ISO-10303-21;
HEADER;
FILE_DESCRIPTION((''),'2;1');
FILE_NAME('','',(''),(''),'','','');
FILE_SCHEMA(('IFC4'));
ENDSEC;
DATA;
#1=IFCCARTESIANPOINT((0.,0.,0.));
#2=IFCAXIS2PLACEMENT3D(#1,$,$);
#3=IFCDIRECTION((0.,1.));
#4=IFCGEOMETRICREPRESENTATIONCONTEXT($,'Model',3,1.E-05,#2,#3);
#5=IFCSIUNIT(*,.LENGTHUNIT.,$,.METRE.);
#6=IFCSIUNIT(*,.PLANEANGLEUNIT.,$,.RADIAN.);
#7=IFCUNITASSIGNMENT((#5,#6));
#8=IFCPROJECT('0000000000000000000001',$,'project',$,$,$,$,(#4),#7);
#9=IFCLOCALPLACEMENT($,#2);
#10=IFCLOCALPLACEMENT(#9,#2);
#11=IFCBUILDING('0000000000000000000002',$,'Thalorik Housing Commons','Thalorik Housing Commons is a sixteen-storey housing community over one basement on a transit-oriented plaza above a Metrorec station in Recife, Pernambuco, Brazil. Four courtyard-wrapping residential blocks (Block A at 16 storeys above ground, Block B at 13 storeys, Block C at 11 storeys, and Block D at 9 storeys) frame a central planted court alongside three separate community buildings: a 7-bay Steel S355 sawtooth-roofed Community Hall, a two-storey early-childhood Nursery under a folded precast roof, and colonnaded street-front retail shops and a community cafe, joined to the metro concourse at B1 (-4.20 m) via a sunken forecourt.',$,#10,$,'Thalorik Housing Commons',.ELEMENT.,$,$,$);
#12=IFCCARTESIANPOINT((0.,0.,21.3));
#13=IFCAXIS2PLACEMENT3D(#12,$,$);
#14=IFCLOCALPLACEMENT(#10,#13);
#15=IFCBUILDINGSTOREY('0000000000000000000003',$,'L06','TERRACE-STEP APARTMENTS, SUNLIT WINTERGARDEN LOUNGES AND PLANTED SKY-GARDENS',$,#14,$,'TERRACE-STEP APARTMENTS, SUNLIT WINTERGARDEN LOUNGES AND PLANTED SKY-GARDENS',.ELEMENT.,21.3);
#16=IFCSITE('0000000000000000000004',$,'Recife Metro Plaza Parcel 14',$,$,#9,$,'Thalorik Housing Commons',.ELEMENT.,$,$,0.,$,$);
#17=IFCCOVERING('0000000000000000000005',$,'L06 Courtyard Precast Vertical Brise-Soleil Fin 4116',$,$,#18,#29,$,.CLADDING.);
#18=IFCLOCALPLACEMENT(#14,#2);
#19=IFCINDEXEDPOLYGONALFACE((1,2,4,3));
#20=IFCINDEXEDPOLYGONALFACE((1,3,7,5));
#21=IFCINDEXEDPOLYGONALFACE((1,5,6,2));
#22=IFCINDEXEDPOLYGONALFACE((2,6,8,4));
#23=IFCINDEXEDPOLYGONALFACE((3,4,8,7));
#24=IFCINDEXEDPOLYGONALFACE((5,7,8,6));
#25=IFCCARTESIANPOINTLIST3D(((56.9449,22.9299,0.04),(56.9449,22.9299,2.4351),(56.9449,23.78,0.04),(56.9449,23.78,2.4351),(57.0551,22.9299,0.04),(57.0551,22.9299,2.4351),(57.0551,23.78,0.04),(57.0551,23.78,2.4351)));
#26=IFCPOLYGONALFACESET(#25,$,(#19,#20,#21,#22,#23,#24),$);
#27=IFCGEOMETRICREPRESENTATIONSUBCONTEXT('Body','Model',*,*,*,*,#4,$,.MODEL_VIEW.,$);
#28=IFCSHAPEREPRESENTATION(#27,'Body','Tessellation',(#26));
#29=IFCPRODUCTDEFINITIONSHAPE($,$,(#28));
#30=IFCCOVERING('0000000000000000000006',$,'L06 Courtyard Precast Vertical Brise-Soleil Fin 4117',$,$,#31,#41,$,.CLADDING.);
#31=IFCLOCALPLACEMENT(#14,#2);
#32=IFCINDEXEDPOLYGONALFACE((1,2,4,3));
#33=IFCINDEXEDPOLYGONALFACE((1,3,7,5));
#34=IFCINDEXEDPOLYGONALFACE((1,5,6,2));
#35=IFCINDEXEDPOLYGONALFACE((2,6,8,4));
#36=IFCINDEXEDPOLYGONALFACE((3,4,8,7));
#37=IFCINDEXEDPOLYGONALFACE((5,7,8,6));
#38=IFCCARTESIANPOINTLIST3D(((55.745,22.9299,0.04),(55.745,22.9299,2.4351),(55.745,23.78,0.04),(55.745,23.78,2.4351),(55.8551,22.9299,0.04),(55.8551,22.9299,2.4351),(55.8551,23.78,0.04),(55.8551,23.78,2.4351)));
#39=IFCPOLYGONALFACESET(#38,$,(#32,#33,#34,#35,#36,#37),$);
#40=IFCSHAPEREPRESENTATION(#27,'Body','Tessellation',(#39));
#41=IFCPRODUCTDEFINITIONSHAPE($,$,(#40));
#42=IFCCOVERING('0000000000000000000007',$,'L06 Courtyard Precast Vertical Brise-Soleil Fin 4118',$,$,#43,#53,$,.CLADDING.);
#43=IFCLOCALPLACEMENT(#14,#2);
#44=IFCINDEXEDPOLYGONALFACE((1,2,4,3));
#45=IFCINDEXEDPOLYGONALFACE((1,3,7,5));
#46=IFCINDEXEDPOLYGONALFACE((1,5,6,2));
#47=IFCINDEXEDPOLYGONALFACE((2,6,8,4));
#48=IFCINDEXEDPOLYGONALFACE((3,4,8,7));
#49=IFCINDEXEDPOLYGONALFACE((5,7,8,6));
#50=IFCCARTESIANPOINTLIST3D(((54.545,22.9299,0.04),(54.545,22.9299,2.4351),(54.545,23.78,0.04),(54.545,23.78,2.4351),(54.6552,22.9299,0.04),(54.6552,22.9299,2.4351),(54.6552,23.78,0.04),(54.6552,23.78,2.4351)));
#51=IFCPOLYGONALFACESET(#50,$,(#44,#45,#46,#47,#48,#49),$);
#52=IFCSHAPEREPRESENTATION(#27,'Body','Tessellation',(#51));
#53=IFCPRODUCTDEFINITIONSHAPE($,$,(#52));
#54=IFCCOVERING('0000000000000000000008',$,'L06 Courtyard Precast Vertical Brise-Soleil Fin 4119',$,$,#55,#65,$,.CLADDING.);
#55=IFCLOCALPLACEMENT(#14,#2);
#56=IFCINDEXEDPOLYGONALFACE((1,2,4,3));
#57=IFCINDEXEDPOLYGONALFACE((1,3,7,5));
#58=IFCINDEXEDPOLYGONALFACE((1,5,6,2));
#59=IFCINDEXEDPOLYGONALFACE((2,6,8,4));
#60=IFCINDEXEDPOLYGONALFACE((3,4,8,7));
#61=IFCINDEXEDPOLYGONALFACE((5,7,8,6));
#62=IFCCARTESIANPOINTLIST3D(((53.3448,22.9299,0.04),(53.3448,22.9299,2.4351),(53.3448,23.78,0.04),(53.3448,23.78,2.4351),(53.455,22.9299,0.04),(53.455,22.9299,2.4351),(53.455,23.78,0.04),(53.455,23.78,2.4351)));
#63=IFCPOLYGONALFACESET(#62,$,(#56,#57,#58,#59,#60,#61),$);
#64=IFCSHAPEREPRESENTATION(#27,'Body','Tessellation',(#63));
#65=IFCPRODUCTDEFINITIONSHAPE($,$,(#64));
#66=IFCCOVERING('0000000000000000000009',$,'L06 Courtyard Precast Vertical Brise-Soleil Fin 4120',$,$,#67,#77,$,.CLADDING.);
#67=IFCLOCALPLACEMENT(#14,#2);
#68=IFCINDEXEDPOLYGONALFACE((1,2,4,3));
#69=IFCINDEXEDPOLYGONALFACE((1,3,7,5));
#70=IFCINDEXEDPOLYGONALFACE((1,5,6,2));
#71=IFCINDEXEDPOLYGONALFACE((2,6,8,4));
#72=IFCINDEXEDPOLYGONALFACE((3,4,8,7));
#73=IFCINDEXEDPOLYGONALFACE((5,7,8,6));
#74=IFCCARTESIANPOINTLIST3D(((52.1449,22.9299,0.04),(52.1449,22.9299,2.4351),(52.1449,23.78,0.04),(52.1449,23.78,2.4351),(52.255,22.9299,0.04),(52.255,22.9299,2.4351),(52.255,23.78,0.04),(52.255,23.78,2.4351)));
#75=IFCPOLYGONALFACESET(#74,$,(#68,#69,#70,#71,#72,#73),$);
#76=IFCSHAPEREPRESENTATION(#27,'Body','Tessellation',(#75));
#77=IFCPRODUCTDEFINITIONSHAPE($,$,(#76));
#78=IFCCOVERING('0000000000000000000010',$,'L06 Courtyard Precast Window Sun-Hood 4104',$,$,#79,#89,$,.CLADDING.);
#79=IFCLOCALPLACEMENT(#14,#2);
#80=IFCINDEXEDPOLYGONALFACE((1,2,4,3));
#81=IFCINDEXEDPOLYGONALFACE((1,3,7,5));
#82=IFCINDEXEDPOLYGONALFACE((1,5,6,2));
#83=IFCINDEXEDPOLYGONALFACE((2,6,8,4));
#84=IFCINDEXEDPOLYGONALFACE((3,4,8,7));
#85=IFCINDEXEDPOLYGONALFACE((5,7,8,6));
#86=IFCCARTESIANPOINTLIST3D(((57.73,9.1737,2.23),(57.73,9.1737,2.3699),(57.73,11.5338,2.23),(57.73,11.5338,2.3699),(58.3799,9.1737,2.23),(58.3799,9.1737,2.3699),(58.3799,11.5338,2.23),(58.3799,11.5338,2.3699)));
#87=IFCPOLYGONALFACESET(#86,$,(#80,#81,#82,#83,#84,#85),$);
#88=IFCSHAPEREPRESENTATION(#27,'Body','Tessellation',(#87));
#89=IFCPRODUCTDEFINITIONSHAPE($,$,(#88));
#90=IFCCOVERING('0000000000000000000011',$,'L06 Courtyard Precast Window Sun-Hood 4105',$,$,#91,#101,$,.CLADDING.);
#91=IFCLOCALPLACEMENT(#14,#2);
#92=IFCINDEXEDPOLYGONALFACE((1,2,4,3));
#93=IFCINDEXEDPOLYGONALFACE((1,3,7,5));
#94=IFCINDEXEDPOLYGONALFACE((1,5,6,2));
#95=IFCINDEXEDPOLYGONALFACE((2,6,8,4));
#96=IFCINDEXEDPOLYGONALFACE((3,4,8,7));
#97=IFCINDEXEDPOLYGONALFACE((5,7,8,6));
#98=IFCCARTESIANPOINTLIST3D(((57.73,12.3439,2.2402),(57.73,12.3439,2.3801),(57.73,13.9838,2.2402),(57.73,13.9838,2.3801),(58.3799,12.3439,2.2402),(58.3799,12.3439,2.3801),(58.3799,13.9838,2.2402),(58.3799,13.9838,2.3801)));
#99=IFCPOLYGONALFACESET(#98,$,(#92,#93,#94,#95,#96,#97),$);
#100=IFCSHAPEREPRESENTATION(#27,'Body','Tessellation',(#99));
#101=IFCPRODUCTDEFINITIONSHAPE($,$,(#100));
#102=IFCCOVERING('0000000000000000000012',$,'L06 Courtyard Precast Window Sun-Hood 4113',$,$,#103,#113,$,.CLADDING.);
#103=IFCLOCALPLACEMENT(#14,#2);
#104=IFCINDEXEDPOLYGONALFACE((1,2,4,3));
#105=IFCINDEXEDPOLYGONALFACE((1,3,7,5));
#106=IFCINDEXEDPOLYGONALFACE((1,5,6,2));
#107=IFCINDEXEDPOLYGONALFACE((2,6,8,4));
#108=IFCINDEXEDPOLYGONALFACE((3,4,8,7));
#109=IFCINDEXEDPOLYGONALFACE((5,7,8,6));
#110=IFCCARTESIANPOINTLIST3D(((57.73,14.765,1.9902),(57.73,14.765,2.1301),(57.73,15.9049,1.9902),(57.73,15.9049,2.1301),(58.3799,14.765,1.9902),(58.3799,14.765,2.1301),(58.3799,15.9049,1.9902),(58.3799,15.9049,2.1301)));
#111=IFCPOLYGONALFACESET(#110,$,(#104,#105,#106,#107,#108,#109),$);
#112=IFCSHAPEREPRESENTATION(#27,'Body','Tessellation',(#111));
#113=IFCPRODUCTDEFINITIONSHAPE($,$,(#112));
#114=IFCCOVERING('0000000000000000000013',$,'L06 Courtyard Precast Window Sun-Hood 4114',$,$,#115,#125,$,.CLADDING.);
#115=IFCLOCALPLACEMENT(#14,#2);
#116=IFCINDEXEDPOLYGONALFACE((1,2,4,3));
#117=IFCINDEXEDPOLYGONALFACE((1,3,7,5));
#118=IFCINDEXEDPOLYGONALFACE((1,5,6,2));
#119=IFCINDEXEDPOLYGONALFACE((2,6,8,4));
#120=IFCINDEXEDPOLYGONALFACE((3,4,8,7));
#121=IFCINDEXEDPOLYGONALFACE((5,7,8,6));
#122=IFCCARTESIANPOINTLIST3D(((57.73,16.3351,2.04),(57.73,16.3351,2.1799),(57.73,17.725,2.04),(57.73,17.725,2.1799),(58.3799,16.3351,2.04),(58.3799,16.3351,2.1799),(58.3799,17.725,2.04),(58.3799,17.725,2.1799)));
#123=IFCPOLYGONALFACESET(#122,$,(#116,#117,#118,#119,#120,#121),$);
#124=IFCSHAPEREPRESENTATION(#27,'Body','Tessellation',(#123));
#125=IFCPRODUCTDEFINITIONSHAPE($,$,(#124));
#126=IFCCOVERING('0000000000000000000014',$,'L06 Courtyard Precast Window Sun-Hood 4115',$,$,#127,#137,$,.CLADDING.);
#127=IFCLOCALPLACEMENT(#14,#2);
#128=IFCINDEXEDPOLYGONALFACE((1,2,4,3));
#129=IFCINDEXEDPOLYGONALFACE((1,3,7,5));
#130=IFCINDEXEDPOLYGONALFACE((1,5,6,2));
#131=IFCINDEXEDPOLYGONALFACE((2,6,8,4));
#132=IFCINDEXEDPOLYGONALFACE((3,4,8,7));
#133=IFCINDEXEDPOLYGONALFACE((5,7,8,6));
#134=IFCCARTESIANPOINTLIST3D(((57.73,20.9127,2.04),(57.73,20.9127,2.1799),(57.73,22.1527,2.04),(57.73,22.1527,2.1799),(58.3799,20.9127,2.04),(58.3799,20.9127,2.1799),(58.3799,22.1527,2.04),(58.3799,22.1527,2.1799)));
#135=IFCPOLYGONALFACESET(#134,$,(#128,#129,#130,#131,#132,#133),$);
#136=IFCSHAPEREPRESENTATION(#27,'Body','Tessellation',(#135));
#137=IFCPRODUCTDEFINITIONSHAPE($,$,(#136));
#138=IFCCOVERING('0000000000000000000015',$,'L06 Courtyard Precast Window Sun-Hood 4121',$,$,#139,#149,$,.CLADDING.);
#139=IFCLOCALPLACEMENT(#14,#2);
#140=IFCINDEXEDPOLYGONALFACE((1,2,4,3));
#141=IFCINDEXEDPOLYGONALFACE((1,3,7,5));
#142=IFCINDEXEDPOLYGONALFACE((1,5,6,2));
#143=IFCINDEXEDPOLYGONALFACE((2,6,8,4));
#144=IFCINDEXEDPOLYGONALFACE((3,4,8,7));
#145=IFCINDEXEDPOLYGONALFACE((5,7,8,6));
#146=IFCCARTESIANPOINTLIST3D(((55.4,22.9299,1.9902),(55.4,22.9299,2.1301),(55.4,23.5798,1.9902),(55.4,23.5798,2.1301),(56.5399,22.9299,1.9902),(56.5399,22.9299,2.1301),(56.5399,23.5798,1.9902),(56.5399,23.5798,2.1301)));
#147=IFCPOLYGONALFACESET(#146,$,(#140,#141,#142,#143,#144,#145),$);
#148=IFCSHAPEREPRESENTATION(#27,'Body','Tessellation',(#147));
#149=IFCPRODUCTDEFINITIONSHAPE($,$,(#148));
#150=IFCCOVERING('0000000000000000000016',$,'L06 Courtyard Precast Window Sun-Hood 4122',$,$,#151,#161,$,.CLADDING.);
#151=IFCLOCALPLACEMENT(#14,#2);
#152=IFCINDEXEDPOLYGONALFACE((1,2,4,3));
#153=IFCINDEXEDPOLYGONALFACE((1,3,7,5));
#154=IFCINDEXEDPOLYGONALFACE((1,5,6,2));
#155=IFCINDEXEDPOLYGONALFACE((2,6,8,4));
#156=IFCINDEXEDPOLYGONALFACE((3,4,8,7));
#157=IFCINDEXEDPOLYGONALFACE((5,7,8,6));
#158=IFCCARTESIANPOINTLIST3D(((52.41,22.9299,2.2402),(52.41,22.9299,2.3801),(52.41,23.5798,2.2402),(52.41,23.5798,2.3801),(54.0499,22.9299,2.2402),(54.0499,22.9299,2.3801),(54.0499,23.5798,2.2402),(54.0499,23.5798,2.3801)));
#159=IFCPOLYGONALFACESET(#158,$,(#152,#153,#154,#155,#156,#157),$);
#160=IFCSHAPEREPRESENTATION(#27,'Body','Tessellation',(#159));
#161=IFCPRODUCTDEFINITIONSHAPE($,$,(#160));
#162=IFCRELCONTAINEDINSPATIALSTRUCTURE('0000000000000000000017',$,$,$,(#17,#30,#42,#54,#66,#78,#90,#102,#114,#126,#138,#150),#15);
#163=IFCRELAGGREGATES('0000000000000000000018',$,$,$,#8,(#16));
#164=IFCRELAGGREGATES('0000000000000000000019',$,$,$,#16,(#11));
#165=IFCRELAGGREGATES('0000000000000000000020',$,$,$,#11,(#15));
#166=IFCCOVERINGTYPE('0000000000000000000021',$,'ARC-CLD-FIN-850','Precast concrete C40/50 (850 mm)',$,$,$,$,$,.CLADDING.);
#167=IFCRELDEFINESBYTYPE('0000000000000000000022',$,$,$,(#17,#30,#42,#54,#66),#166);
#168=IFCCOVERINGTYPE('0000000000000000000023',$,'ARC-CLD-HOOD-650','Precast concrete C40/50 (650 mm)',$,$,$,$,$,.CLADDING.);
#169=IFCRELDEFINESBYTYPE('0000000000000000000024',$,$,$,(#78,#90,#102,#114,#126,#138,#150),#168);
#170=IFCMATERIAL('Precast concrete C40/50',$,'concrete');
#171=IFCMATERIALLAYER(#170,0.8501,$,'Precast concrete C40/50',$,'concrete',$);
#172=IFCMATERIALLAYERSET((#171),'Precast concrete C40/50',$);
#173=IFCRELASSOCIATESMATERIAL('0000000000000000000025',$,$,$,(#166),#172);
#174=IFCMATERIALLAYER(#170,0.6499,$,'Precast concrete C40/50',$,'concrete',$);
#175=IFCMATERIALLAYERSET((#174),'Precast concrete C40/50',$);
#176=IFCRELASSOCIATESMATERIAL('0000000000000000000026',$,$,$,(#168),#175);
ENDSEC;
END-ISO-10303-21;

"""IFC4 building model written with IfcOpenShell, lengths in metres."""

from ifc_helpers import new_model, si_unit, direction, frame, origin, origin_2d, place, context, subcontext, project, spatial, rectangle, extrude, material, layer, layer_set, type_object, element, save


model = new_model("IFC4")

# Units and contexts
model_context = context("Model", 3, precision=1e-05, world=origin(), true_north=direction((0.0, 1.0)))
body_context = subcontext(model_context, "Body", "Model", "MODEL_VIEW")
ifc_project = project(units=[si_unit("LENGTHUNIT", "METRE"), si_unit("PLANEANGLEUNIT", "RADIAN")], contexts=[model_context])

# Site, building, storey
site_placement = place(None, origin())
site = spatial("IfcSite", under=ifc_project, at=site_placement, Name="Recife Metro Plaza Parcel 14", LongName="Thalorik Housing Commons", CompositionType="ELEMENT", RefElevation=0.0)
building_placement = place(site_placement, origin())
building = spatial("IfcBuilding", under=site, at=building_placement, Name="Thalorik Housing Commons", Description="Thalorik Housing Commons is a sixteen-storey housing community over one basement on a transit-oriented plaza above a Metrorec station in Recife, Pernambuco, Brazil. Four courtyard-wrapping residential blocks (Block A at 16 storeys above ground, Block B at 13 storeys, Block C at 11 storeys, and Block D at 9 storeys) frame a central planted court alongside three separate community buildings: a 7-bay Steel S355 sawtooth-roofed Community Hall, a two-storey early-childhood Nursery under a folded precast roof, and colonnaded street-front retail shops and a community cafe, joined to the metro concourse at B1 (-4.20 m) via a sunken forecourt.", LongName="Thalorik Housing Commons", CompositionType="ELEMENT")
storey_placement = place(building_placement, frame((0.0, 0.0, 21.3)))
storey = spatial("IfcBuildingStorey", under=building, at=storey_placement, Name="L06", Description="TERRACE-STEP APARTMENTS, SUNLIT WINTERGARDEN LOUNGES AND PLANTED SKY-GARDENS", LongName="TERRACE-STEP APARTMENTS, SUNLIT WINTERGARDEN LOUNGES AND PLANTED SKY-GARDENS", CompositionType="ELEMENT", Elevation=21.3)

# Shared definitions
ifc_material_1 = material(Name="Precast concrete C40/50", Category="concrete")

# Coverings
ifc_layer_1 = layer(ifc_material_1, 0.8501, Name="Precast concrete C40/50", Category="concrete")
ifc_layer_set_1 = layer_set([ifc_layer_1], Name="Precast concrete C40/50")
covering_type_1 = type_object("IfcCoveringType", Name="ARC-CLD-FIN-850", Description="Precast concrete C40/50 (850 mm)", PredefinedType="CLADDING", material=ifc_layer_set_1)
for number, where, z_axis, x_axis, name in (
    (1, (57.0, 23.355, 0.04), (0.0, 0.0, 1.0), (-1.0, 0.0, 0.0), "L06 Courtyard Precast Vertical Brise-Soleil Fin 4116"),
    (2, (55.8, 23.355, 0.04), (0.0, 0.0, 1.0), (-1.0, 0.0, 0.0), "L06 Courtyard Precast Vertical Brise-Soleil Fin 4117"),
    (3, (54.6001, 23.355, 0.04), (0.0, 0.0, 1.0), (-1.0, 0.0, 0.0), "L06 Courtyard Precast Vertical Brise-Soleil Fin 4118"),
    (4, (53.3999, 23.355, 0.04), (0.0, 0.0, 1.0), (-1.0, 0.0, 0.0), "L06 Courtyard Precast Vertical Brise-Soleil Fin 4119"),
    (5, (52.2, 23.355, 0.04), (0.0, 0.0, 1.0), (-1.0, 0.0, 0.0), "L06 Courtyard Precast Vertical Brise-Soleil Fin 4120"),
):
    element("IfcCovering", number, at=place(storey_placement, frame(where, z_axis=z_axis, x_axis=x_axis)), inside=storey, type_object=covering_type_1, Name=name, PredefinedType="CLADDING", context=body_context, shape_type="SweptSolid", body=[
        extrude(rectangle(XDim=0.1101, YDim=0.8501, at=origin_2d()), origin(), (0.0, 0.0, 1.0), 2.395),
    ])
ifc_layer_2 = layer(ifc_material_1, 0.6499, Name="Precast concrete C40/50", Category="concrete")
ifc_layer_set_2 = layer_set([ifc_layer_2], Name="Precast concrete C40/50")
covering_type_2 = type_object("IfcCoveringType", Name="ARC-CLD-HOOD-650", Description="Precast concrete C40/50 (650 mm)", PredefinedType="CLADDING", material=ifc_layer_set_2)
covering_1_placement = place(storey_placement, frame((58.0549, 10.3538, 2.23), z_axis=(0.0, 0.0, 1.0), x_axis=(0.0, 1.0, 0.0)))
element("IfcCovering", 6, at=covering_1_placement, inside=storey, type_object=covering_type_2, Name="L06 Courtyard Precast Window Sun-Hood 4104", PredefinedType="CLADDING", context=body_context, shape_type="SweptSolid", body=[
    extrude(rectangle(XDim=2.3601, YDim=0.6499, at=origin_2d()), origin(), (0.0, 0.0, 1.0), 0.1399),
])
covering_2_placement = place(storey_placement, frame((58.0549, 13.1638, 2.2402), z_axis=(0.0, 0.0, 1.0), x_axis=(0.0, 1.0, 0.0)))
element("IfcCovering", 7, at=covering_2_placement, inside=storey, type_object=covering_type_2, Name="L06 Courtyard Precast Window Sun-Hood 4105", PredefinedType="CLADDING", context=body_context, shape_type="SweptSolid", body=[
    extrude(rectangle(XDim=1.6399, YDim=0.6499, at=origin_2d()), origin(), (0.0, 0.0, 1.0), 0.1399),
])
covering_3_placement = place(storey_placement, frame((58.0549, 15.335, 1.9902), z_axis=(0.0, 0.0, 1.0), x_axis=(0.0, 1.0, 0.0)))
element("IfcCovering", 8, at=covering_3_placement, inside=storey, type_object=covering_type_2, Name="L06 Courtyard Precast Window Sun-Hood 4113", PredefinedType="CLADDING", context=body_context, shape_type="SweptSolid", body=[
    extrude(rectangle(XDim=1.1399, YDim=0.6499, at=origin_2d()), origin(), (0.0, 0.0, 1.0), 0.1399),
])
covering_4_placement = place(storey_placement, frame((58.0549, 17.03, 2.04), z_axis=(0.0, 0.0, 1.0), x_axis=(0.0, 1.0, 0.0)))
element("IfcCovering", 9, at=covering_4_placement, inside=storey, type_object=covering_type_2, Name="L06 Courtyard Precast Window Sun-Hood 4114", PredefinedType="CLADDING", context=body_context, shape_type="SweptSolid", body=[
    extrude(rectangle(XDim=1.3899, YDim=0.6499, at=origin_2d()), origin(), (0.0, 0.0, 1.0), 0.1399),
])
covering_5_placement = place(storey_placement, frame((58.0549, 21.5327, 2.04), z_axis=(0.0, 0.0, 1.0), x_axis=(0.0, 1.0, 0.0)))
element("IfcCovering", 10, at=covering_5_placement, inside=storey, type_object=covering_type_2, Name="L06 Courtyard Precast Window Sun-Hood 4115", PredefinedType="CLADDING", context=body_context, shape_type="SweptSolid", body=[
    extrude(rectangle(XDim=1.24, YDim=0.6499, at=origin_2d()), origin(), (0.0, 0.0, 1.0), 0.1399),
])
covering_6_placement = place(storey_placement, frame((55.97, 23.2549, 1.9902), z_axis=(0.0, 0.0, 1.0), x_axis=(-1.0, 0.0, 0.0)))
element("IfcCovering", 11, at=covering_6_placement, inside=storey, type_object=covering_type_2, Name="L06 Courtyard Precast Window Sun-Hood 4121", PredefinedType="CLADDING", context=body_context, shape_type="SweptSolid", body=[
    extrude(rectangle(XDim=1.1399, YDim=0.6499, at=origin_2d()), origin(), (0.0, 0.0, 1.0), 0.1399),
])
covering_7_placement = place(storey_placement, frame((53.23, 23.2549, 2.2402), z_axis=(0.0, 0.0, 1.0), x_axis=(-1.0, 0.0, 0.0)))
element("IfcCovering", 12, at=covering_7_placement, inside=storey, type_object=covering_type_2, Name="L06 Courtyard Precast Window Sun-Hood 4122", PredefinedType="CLADDING", context=body_context, shape_type="SweptSolid", body=[
    extrude(rectangle(XDim=1.6399, YDim=0.6499, at=origin_2d()), origin(), (0.0, 0.0, 1.0), 0.1399),
])

save(model, "model.ifc")
